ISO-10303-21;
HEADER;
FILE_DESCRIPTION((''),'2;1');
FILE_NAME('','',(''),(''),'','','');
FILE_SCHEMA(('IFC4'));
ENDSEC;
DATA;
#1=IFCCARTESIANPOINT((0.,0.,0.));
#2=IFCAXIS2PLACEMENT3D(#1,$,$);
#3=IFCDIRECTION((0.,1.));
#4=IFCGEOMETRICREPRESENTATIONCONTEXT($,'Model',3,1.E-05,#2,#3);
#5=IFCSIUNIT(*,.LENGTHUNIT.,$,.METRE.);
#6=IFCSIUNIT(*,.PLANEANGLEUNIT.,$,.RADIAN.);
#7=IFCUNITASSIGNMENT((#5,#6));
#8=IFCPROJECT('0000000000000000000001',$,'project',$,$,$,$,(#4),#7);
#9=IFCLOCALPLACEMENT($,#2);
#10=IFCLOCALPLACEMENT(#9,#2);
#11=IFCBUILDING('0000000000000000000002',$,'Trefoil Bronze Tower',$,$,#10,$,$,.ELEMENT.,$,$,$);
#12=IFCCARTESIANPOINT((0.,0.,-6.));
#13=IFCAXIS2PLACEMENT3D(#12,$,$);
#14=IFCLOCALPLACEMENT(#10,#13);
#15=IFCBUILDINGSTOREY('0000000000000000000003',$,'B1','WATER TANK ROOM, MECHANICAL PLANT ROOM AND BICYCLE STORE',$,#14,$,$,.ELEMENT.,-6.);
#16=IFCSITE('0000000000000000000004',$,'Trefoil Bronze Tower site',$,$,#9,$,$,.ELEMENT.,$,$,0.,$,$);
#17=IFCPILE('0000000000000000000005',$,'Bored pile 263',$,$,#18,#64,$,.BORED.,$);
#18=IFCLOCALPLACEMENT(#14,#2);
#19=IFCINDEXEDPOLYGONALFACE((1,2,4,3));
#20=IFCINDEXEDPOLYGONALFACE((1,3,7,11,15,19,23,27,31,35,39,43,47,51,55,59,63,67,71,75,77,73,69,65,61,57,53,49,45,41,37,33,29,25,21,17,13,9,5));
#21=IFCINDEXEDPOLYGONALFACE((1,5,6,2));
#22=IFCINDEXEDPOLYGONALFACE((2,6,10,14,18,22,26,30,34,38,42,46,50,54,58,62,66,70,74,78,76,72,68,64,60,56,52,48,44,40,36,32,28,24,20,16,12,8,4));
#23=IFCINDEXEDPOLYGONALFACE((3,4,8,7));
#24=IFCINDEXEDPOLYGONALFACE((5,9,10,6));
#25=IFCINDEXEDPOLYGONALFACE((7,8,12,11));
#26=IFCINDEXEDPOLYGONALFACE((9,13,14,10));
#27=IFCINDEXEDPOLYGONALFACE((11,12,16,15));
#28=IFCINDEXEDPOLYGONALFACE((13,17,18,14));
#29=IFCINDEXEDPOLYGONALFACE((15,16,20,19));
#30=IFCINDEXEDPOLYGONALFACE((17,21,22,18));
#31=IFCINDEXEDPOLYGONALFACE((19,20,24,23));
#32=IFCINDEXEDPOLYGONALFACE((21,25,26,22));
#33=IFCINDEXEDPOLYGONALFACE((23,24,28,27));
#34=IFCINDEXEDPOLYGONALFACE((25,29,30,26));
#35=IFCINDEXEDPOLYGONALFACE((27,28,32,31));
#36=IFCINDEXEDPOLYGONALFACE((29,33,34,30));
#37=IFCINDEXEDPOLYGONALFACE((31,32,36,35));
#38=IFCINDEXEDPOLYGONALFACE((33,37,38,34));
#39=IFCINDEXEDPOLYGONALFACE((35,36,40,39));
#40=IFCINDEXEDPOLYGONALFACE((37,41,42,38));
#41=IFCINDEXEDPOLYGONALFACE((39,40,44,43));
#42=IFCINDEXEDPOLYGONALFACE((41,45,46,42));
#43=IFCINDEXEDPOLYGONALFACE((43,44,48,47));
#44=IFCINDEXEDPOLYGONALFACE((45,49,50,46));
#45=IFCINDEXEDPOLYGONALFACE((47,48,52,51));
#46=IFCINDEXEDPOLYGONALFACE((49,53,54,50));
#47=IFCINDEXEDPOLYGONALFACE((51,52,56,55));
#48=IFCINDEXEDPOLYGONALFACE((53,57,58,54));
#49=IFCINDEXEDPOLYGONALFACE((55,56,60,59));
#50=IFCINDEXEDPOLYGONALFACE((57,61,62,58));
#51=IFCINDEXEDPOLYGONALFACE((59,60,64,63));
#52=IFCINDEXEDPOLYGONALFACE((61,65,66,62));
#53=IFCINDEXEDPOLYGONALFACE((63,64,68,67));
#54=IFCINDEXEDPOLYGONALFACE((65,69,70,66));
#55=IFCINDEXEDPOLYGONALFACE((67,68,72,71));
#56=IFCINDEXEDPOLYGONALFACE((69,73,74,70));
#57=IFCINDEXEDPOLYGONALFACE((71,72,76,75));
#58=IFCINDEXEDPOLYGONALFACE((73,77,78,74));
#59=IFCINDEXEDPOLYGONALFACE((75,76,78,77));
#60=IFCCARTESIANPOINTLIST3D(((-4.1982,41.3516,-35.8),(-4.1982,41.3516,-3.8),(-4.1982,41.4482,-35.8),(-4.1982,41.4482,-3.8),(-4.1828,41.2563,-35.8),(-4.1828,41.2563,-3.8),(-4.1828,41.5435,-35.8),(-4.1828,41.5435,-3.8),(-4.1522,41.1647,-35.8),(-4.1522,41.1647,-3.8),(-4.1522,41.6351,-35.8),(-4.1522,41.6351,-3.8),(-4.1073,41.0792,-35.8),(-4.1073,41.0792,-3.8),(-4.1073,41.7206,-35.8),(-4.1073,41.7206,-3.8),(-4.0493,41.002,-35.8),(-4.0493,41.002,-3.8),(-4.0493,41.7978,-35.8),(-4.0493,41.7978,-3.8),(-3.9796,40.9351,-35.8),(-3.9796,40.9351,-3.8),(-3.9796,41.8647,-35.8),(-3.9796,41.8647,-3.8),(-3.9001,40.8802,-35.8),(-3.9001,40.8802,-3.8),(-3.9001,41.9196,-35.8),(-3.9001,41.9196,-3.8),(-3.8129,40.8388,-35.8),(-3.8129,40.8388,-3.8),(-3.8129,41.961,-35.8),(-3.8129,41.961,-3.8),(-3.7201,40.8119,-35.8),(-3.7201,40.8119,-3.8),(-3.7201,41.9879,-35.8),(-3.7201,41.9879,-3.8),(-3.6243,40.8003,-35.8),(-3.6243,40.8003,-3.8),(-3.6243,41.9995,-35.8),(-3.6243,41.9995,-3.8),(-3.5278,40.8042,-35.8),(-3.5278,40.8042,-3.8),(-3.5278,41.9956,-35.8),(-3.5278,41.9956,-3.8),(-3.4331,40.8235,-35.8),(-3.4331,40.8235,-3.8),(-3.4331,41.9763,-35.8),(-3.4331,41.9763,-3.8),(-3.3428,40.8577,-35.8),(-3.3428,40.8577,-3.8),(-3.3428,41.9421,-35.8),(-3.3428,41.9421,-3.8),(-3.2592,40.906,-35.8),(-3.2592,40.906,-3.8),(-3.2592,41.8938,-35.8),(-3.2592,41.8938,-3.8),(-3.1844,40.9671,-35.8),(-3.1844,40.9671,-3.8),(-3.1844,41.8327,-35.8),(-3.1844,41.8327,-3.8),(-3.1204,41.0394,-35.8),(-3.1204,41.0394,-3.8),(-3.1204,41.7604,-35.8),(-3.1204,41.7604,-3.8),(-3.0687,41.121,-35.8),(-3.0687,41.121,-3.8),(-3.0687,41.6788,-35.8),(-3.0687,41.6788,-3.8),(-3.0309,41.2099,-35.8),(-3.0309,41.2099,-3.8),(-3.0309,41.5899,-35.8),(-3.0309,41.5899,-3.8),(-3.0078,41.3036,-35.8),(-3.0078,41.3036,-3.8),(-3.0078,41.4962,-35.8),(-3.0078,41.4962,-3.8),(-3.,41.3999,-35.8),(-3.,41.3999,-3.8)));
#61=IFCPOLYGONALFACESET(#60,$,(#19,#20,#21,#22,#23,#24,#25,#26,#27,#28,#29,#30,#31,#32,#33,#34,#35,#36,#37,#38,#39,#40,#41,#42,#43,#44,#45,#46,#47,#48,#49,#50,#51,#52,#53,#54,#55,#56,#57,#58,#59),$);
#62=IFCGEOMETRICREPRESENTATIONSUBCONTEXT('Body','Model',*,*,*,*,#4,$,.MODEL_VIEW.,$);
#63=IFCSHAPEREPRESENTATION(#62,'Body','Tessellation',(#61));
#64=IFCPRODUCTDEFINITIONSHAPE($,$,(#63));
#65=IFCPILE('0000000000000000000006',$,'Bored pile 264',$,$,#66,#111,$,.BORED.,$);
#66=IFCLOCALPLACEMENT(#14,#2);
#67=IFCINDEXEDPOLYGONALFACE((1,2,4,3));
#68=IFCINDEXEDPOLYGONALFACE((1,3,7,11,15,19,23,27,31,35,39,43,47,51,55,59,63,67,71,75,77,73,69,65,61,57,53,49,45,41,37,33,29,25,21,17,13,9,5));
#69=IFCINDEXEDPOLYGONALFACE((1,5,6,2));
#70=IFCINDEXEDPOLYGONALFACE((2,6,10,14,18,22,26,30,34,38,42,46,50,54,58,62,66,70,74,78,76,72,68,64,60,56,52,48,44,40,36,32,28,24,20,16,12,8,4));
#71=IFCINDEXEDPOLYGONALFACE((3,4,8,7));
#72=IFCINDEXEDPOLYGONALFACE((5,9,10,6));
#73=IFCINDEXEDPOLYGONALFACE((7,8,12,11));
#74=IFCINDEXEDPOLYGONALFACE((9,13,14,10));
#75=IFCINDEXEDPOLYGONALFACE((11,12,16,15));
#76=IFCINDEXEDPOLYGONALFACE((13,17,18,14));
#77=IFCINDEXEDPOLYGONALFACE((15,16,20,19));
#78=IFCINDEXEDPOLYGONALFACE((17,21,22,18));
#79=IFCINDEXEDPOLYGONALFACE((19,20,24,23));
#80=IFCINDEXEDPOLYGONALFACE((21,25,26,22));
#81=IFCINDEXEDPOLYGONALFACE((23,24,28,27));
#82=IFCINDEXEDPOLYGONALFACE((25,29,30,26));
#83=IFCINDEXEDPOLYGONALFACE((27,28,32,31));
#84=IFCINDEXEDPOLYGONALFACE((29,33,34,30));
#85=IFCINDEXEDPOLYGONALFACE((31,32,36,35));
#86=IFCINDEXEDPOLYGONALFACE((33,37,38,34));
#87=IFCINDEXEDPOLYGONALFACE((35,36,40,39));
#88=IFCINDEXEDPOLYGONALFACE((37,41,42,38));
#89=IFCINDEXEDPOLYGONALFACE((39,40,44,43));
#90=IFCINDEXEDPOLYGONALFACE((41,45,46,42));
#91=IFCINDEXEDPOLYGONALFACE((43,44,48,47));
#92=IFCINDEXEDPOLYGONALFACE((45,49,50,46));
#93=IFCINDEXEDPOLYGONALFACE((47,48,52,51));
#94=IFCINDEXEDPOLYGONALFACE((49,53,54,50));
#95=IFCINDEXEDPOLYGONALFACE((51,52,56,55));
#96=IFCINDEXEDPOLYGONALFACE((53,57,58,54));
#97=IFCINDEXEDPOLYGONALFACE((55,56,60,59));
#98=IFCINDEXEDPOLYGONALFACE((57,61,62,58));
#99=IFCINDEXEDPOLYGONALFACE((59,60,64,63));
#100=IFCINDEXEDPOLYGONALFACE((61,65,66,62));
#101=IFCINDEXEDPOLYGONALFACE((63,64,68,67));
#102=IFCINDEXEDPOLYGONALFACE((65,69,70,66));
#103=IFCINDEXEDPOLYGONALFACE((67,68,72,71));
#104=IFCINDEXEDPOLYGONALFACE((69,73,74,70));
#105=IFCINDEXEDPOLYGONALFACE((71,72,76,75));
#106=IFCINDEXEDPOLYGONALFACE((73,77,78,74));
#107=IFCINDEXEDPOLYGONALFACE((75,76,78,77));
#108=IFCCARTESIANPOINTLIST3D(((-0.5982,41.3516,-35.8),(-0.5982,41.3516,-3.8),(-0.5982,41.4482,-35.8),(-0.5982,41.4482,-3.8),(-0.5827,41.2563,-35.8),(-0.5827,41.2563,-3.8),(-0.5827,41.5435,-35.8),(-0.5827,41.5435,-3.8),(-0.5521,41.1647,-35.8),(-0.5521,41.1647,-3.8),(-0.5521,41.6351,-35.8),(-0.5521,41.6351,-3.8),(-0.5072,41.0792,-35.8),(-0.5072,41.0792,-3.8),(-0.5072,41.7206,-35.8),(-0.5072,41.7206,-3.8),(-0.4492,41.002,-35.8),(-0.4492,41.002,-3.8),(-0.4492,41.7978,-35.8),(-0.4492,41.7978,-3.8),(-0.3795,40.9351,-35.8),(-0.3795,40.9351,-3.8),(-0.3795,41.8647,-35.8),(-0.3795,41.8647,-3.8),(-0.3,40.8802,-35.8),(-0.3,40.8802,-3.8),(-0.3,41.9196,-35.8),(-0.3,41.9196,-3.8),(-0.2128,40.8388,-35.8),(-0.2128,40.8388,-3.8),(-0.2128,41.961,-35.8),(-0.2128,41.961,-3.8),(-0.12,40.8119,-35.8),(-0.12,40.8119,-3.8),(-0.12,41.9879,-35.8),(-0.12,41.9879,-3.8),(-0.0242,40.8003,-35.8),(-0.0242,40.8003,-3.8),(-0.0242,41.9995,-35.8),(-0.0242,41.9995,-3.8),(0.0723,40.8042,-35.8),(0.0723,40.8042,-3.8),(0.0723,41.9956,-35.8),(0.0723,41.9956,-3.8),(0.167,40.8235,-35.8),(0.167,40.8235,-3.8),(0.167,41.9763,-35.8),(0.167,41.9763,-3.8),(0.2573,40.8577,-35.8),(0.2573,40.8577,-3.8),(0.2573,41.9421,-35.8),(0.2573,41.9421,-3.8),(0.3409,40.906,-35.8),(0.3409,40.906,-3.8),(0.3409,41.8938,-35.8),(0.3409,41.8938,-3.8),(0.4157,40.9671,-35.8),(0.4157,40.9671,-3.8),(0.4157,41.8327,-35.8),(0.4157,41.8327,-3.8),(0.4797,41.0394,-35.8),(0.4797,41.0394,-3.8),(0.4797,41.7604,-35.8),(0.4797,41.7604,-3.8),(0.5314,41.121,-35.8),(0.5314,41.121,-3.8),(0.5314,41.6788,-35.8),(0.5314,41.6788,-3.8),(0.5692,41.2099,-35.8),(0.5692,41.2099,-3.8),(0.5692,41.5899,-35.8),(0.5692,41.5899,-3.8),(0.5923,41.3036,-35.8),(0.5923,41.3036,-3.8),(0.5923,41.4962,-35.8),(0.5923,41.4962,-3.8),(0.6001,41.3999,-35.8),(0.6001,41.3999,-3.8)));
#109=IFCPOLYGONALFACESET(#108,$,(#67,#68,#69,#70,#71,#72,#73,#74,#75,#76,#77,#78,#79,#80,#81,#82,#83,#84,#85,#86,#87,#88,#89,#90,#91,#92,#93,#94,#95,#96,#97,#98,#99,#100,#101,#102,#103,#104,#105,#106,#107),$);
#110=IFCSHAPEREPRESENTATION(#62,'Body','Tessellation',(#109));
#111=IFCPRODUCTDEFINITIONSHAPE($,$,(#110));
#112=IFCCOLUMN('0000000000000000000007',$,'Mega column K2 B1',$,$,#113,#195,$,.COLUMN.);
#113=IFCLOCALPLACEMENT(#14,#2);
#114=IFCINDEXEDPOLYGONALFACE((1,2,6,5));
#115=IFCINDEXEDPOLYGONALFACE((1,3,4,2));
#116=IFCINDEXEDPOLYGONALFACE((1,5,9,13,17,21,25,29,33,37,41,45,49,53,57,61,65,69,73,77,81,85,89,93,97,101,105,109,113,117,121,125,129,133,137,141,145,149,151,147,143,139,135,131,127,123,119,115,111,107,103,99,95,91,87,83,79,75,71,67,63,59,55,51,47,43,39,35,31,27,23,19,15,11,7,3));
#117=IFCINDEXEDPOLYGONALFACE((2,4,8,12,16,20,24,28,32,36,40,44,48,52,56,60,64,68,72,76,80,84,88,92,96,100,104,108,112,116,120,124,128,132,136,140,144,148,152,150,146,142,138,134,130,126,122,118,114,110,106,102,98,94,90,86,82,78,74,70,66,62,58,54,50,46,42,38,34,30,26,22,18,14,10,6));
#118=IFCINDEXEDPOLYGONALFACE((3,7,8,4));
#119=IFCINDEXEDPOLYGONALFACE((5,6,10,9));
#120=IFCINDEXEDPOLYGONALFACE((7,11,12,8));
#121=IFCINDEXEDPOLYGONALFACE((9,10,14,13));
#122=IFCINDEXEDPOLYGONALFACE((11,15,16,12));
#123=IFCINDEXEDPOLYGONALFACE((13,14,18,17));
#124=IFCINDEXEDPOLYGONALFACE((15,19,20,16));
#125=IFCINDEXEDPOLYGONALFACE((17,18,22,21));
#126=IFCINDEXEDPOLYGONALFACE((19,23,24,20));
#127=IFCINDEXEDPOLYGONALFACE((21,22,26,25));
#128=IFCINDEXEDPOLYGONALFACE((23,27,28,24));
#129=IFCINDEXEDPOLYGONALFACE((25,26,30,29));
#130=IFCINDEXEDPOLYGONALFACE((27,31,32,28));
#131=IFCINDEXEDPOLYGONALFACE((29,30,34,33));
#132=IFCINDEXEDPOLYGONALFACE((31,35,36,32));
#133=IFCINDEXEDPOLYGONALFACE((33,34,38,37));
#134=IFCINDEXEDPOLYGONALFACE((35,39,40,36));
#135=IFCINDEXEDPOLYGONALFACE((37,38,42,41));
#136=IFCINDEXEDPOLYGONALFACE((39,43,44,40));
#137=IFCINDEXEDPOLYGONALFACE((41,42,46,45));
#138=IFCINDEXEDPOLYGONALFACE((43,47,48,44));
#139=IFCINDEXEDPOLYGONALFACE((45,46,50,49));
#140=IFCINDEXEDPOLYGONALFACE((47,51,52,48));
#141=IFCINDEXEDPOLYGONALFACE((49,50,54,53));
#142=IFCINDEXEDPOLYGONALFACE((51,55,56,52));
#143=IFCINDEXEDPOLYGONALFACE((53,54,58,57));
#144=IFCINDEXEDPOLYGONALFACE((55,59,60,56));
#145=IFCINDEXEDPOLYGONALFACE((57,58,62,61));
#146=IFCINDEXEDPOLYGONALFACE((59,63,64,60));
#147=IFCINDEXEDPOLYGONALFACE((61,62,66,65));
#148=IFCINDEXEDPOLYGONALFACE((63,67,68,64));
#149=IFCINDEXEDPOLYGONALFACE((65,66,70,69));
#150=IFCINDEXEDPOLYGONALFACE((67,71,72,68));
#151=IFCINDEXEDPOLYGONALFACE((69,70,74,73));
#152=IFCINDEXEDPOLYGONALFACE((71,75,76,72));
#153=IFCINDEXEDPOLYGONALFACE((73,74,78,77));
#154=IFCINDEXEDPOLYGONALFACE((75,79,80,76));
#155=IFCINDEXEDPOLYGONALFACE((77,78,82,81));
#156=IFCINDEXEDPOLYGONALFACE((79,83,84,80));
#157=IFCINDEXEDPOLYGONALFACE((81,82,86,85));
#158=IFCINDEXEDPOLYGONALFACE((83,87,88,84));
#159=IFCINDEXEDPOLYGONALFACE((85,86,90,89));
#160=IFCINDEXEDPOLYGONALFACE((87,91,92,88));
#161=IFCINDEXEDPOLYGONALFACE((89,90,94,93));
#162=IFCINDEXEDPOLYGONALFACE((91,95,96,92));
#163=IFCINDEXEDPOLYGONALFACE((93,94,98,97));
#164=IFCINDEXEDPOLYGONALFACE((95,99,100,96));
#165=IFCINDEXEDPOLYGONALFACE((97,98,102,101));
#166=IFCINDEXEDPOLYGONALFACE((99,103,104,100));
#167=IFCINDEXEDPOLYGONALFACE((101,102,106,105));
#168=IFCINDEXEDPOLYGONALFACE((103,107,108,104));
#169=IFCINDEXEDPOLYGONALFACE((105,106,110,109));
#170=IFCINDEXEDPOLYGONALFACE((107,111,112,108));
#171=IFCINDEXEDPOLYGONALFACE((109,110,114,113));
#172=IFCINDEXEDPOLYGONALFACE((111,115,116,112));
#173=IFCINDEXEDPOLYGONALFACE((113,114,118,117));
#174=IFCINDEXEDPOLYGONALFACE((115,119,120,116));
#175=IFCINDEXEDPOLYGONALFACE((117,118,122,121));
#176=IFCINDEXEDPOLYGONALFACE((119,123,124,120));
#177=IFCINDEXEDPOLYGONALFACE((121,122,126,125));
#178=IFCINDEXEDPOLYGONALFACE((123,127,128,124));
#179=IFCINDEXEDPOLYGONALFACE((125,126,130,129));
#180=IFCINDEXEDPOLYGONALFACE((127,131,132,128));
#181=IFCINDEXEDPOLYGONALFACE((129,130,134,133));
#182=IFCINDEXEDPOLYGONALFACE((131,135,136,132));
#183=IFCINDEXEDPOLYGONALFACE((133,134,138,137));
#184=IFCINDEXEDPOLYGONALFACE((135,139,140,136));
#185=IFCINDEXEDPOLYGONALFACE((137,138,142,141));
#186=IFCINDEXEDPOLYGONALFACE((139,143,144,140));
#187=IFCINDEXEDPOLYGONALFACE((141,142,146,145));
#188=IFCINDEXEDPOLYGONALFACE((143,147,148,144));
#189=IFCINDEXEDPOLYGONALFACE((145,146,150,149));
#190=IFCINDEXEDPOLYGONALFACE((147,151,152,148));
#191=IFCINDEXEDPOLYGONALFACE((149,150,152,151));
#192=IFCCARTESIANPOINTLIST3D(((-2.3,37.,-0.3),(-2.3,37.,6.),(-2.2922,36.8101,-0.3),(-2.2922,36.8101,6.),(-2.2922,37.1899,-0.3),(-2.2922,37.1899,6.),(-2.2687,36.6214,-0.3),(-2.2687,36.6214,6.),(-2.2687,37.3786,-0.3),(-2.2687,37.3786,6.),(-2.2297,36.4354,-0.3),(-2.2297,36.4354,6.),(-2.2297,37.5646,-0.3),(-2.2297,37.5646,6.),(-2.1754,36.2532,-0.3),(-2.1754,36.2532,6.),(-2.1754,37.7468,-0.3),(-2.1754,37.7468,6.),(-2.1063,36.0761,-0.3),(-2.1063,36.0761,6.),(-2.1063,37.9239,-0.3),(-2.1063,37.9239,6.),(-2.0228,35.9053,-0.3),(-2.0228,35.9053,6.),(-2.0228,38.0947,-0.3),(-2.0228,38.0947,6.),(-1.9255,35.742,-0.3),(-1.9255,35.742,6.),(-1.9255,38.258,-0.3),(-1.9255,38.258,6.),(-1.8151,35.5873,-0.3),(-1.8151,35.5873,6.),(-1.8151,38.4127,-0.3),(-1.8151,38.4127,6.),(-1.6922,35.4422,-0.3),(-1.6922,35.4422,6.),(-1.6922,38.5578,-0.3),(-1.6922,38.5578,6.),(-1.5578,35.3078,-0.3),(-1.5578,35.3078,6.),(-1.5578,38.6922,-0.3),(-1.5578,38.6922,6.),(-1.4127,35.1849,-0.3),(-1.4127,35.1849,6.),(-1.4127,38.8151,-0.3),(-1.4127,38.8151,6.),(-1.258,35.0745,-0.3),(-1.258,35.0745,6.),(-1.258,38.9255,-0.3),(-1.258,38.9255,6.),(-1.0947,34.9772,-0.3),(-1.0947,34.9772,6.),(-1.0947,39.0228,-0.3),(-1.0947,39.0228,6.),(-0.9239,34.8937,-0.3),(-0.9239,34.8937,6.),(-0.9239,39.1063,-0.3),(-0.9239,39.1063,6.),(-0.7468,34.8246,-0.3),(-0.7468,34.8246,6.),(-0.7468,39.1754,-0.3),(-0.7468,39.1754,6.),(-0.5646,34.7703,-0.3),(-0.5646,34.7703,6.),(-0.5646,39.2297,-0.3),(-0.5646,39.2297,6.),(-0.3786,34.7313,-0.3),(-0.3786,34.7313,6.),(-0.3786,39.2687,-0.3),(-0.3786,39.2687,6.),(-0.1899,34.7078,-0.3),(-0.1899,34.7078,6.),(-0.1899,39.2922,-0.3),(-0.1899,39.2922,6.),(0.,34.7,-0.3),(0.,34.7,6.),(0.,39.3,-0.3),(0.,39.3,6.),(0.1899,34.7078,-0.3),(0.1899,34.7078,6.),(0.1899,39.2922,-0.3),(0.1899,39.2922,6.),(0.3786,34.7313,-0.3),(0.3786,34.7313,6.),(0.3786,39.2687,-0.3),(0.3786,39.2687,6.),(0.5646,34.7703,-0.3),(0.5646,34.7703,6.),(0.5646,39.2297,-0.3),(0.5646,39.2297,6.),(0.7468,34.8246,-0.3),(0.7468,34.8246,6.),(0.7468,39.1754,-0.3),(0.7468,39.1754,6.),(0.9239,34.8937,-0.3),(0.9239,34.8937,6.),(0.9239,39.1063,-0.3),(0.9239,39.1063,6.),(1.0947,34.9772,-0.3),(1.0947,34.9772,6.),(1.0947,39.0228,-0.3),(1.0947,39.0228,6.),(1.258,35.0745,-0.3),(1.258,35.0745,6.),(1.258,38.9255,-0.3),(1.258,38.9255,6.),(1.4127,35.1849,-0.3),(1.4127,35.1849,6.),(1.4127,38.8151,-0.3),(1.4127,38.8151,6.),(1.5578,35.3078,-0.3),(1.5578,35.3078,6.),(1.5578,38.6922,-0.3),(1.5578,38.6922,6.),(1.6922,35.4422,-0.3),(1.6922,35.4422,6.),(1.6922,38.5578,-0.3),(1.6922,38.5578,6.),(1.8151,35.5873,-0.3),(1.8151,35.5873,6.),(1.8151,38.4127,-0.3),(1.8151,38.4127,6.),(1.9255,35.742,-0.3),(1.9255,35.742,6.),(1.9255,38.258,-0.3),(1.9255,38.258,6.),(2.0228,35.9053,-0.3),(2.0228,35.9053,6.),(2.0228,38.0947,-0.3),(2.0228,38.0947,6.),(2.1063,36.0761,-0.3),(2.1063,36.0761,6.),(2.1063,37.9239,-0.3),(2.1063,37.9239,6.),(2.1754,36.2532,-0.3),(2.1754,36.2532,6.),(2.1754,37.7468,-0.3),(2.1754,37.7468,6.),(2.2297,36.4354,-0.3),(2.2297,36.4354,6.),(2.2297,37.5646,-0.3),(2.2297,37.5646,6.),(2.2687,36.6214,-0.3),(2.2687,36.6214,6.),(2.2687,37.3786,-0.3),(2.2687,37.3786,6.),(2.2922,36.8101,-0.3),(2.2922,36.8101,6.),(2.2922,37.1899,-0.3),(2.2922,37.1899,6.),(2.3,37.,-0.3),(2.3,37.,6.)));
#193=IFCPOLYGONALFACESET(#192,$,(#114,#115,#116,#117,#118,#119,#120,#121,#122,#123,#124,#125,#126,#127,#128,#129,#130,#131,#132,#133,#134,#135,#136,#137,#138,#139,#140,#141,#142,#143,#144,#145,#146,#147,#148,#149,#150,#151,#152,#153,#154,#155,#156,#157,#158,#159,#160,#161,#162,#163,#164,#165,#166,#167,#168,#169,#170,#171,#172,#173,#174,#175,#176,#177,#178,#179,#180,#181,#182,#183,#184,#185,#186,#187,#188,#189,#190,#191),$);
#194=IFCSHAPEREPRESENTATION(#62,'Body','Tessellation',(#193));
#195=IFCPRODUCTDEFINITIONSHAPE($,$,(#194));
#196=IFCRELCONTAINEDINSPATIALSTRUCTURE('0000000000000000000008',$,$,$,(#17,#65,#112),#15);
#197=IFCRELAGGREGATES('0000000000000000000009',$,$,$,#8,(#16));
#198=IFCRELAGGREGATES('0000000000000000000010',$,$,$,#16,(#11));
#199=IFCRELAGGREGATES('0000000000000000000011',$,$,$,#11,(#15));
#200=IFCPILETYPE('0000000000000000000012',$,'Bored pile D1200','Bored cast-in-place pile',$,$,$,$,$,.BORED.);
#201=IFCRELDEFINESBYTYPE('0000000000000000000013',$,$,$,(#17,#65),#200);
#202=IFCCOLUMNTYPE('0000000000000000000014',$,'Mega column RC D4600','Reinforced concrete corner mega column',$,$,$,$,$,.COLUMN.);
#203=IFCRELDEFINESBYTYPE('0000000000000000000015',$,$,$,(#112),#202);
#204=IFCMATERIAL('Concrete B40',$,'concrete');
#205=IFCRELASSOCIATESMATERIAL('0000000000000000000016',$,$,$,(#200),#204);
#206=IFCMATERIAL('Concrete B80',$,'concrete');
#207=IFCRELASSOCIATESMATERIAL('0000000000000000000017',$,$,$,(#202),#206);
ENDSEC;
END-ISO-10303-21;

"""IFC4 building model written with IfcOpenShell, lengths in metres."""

from ifc_helpers import new_model, si_unit, direction, frame, origin, origin_2d, place, context, subcontext, project, spatial, circle, extrude, material, material_profile, profile_set, type_object, element, save


model = new_model("IFC4")

# Units and contexts
model_context = context("Model", 3, precision=1e-05, world=origin(), true_north=direction((0.0, 1.0)))
body_context = subcontext(model_context, "Body", "Model", "MODEL_VIEW")
ifc_project = project(units=[si_unit("LENGTHUNIT", "METRE"), si_unit("PLANEANGLEUNIT", "RADIAN")], contexts=[model_context])

# Site, building, storey
site_placement = place(None, origin())
site = spatial("IfcSite", under=ifc_project, at=site_placement, Name="Trefoil Bronze Tower site", CompositionType="ELEMENT", RefElevation=0.0)
building_placement = place(site_placement, origin())
building = spatial("IfcBuilding", under=site, at=building_placement, Name="Trefoil Bronze Tower", CompositionType="ELEMENT")
storey_placement = place(building_placement, frame((0.0, 0.0, -6.0)))
storey = spatial("IfcBuildingStorey", under=building, at=storey_placement, Name="B1", Description="WATER TANK ROOM, MECHANICAL PLANT ROOM AND BICYCLE STORE", CompositionType="ELEMENT", Elevation=-6.0)

# Piles
ifc_material_1 = material(Name="Concrete B40", Category="concrete")
pile_type = type_object("IfcPileType", Name="Bored pile D1200", Description="Bored cast-in-place pile", PredefinedType="BORED", material=ifc_material_1)
for number, where, z_axis, x_axis, name in (
    (1, (-3.6001, 41.3999, -3.8), (0.0, 0.0, -1.0), (1.0, 0.0, 0.0), "Bored pile 263"),
    (2, (0.0, 41.3999, -3.8), (0.0, 0.0, -1.0), (1.0, 0.0, 0.0), "Bored pile 264"),
):
    element("IfcPile", number, at=place(storey_placement, frame(where, z_axis=z_axis, x_axis=x_axis)), inside=storey, type_object=pile_type, Name=name, PredefinedType="BORED", context=body_context, shape_type="SweptSolid", body=[
        extrude(circle(Radius=0.6001, at=origin_2d()), origin(), (0.0, 0.0, 1.0), 32.0),
    ])

# Column
ifc_material_2 = material(Name="Concrete B80", Category="concrete")
ifc_material_profile_1 = material_profile(ifc_material_2, circle(Radius=2.3, at=origin_2d()), Name="RC D4600")
ifc_profile_set_1 = profile_set([ifc_material_profile_1], Name="Concrete B80")
column_type_1 = type_object("IfcColumnType", Name="Mega column RC D4600", Description="Reinforced concrete corner mega column", PredefinedType="COLUMN", material=ifc_profile_set_1)
column_placement = place(storey_placement, frame((0.0, 37.0, -0.3), z_axis=(0.0, 0.0, 1.0), x_axis=(1.0, 0.0, 0.0)))
element("IfcColumn", 3, at=column_placement, inside=storey, type_object=column_type_1, Name="Mega column K2 B1", PredefinedType="COLUMN", context=body_context, shape_type="SweptSolid", body=[
    extrude(circle(Radius=2.3, at=origin_2d()), origin(), (0.0, 0.0, 1.0), 6.3),
])

save(model, "model.ifc")
